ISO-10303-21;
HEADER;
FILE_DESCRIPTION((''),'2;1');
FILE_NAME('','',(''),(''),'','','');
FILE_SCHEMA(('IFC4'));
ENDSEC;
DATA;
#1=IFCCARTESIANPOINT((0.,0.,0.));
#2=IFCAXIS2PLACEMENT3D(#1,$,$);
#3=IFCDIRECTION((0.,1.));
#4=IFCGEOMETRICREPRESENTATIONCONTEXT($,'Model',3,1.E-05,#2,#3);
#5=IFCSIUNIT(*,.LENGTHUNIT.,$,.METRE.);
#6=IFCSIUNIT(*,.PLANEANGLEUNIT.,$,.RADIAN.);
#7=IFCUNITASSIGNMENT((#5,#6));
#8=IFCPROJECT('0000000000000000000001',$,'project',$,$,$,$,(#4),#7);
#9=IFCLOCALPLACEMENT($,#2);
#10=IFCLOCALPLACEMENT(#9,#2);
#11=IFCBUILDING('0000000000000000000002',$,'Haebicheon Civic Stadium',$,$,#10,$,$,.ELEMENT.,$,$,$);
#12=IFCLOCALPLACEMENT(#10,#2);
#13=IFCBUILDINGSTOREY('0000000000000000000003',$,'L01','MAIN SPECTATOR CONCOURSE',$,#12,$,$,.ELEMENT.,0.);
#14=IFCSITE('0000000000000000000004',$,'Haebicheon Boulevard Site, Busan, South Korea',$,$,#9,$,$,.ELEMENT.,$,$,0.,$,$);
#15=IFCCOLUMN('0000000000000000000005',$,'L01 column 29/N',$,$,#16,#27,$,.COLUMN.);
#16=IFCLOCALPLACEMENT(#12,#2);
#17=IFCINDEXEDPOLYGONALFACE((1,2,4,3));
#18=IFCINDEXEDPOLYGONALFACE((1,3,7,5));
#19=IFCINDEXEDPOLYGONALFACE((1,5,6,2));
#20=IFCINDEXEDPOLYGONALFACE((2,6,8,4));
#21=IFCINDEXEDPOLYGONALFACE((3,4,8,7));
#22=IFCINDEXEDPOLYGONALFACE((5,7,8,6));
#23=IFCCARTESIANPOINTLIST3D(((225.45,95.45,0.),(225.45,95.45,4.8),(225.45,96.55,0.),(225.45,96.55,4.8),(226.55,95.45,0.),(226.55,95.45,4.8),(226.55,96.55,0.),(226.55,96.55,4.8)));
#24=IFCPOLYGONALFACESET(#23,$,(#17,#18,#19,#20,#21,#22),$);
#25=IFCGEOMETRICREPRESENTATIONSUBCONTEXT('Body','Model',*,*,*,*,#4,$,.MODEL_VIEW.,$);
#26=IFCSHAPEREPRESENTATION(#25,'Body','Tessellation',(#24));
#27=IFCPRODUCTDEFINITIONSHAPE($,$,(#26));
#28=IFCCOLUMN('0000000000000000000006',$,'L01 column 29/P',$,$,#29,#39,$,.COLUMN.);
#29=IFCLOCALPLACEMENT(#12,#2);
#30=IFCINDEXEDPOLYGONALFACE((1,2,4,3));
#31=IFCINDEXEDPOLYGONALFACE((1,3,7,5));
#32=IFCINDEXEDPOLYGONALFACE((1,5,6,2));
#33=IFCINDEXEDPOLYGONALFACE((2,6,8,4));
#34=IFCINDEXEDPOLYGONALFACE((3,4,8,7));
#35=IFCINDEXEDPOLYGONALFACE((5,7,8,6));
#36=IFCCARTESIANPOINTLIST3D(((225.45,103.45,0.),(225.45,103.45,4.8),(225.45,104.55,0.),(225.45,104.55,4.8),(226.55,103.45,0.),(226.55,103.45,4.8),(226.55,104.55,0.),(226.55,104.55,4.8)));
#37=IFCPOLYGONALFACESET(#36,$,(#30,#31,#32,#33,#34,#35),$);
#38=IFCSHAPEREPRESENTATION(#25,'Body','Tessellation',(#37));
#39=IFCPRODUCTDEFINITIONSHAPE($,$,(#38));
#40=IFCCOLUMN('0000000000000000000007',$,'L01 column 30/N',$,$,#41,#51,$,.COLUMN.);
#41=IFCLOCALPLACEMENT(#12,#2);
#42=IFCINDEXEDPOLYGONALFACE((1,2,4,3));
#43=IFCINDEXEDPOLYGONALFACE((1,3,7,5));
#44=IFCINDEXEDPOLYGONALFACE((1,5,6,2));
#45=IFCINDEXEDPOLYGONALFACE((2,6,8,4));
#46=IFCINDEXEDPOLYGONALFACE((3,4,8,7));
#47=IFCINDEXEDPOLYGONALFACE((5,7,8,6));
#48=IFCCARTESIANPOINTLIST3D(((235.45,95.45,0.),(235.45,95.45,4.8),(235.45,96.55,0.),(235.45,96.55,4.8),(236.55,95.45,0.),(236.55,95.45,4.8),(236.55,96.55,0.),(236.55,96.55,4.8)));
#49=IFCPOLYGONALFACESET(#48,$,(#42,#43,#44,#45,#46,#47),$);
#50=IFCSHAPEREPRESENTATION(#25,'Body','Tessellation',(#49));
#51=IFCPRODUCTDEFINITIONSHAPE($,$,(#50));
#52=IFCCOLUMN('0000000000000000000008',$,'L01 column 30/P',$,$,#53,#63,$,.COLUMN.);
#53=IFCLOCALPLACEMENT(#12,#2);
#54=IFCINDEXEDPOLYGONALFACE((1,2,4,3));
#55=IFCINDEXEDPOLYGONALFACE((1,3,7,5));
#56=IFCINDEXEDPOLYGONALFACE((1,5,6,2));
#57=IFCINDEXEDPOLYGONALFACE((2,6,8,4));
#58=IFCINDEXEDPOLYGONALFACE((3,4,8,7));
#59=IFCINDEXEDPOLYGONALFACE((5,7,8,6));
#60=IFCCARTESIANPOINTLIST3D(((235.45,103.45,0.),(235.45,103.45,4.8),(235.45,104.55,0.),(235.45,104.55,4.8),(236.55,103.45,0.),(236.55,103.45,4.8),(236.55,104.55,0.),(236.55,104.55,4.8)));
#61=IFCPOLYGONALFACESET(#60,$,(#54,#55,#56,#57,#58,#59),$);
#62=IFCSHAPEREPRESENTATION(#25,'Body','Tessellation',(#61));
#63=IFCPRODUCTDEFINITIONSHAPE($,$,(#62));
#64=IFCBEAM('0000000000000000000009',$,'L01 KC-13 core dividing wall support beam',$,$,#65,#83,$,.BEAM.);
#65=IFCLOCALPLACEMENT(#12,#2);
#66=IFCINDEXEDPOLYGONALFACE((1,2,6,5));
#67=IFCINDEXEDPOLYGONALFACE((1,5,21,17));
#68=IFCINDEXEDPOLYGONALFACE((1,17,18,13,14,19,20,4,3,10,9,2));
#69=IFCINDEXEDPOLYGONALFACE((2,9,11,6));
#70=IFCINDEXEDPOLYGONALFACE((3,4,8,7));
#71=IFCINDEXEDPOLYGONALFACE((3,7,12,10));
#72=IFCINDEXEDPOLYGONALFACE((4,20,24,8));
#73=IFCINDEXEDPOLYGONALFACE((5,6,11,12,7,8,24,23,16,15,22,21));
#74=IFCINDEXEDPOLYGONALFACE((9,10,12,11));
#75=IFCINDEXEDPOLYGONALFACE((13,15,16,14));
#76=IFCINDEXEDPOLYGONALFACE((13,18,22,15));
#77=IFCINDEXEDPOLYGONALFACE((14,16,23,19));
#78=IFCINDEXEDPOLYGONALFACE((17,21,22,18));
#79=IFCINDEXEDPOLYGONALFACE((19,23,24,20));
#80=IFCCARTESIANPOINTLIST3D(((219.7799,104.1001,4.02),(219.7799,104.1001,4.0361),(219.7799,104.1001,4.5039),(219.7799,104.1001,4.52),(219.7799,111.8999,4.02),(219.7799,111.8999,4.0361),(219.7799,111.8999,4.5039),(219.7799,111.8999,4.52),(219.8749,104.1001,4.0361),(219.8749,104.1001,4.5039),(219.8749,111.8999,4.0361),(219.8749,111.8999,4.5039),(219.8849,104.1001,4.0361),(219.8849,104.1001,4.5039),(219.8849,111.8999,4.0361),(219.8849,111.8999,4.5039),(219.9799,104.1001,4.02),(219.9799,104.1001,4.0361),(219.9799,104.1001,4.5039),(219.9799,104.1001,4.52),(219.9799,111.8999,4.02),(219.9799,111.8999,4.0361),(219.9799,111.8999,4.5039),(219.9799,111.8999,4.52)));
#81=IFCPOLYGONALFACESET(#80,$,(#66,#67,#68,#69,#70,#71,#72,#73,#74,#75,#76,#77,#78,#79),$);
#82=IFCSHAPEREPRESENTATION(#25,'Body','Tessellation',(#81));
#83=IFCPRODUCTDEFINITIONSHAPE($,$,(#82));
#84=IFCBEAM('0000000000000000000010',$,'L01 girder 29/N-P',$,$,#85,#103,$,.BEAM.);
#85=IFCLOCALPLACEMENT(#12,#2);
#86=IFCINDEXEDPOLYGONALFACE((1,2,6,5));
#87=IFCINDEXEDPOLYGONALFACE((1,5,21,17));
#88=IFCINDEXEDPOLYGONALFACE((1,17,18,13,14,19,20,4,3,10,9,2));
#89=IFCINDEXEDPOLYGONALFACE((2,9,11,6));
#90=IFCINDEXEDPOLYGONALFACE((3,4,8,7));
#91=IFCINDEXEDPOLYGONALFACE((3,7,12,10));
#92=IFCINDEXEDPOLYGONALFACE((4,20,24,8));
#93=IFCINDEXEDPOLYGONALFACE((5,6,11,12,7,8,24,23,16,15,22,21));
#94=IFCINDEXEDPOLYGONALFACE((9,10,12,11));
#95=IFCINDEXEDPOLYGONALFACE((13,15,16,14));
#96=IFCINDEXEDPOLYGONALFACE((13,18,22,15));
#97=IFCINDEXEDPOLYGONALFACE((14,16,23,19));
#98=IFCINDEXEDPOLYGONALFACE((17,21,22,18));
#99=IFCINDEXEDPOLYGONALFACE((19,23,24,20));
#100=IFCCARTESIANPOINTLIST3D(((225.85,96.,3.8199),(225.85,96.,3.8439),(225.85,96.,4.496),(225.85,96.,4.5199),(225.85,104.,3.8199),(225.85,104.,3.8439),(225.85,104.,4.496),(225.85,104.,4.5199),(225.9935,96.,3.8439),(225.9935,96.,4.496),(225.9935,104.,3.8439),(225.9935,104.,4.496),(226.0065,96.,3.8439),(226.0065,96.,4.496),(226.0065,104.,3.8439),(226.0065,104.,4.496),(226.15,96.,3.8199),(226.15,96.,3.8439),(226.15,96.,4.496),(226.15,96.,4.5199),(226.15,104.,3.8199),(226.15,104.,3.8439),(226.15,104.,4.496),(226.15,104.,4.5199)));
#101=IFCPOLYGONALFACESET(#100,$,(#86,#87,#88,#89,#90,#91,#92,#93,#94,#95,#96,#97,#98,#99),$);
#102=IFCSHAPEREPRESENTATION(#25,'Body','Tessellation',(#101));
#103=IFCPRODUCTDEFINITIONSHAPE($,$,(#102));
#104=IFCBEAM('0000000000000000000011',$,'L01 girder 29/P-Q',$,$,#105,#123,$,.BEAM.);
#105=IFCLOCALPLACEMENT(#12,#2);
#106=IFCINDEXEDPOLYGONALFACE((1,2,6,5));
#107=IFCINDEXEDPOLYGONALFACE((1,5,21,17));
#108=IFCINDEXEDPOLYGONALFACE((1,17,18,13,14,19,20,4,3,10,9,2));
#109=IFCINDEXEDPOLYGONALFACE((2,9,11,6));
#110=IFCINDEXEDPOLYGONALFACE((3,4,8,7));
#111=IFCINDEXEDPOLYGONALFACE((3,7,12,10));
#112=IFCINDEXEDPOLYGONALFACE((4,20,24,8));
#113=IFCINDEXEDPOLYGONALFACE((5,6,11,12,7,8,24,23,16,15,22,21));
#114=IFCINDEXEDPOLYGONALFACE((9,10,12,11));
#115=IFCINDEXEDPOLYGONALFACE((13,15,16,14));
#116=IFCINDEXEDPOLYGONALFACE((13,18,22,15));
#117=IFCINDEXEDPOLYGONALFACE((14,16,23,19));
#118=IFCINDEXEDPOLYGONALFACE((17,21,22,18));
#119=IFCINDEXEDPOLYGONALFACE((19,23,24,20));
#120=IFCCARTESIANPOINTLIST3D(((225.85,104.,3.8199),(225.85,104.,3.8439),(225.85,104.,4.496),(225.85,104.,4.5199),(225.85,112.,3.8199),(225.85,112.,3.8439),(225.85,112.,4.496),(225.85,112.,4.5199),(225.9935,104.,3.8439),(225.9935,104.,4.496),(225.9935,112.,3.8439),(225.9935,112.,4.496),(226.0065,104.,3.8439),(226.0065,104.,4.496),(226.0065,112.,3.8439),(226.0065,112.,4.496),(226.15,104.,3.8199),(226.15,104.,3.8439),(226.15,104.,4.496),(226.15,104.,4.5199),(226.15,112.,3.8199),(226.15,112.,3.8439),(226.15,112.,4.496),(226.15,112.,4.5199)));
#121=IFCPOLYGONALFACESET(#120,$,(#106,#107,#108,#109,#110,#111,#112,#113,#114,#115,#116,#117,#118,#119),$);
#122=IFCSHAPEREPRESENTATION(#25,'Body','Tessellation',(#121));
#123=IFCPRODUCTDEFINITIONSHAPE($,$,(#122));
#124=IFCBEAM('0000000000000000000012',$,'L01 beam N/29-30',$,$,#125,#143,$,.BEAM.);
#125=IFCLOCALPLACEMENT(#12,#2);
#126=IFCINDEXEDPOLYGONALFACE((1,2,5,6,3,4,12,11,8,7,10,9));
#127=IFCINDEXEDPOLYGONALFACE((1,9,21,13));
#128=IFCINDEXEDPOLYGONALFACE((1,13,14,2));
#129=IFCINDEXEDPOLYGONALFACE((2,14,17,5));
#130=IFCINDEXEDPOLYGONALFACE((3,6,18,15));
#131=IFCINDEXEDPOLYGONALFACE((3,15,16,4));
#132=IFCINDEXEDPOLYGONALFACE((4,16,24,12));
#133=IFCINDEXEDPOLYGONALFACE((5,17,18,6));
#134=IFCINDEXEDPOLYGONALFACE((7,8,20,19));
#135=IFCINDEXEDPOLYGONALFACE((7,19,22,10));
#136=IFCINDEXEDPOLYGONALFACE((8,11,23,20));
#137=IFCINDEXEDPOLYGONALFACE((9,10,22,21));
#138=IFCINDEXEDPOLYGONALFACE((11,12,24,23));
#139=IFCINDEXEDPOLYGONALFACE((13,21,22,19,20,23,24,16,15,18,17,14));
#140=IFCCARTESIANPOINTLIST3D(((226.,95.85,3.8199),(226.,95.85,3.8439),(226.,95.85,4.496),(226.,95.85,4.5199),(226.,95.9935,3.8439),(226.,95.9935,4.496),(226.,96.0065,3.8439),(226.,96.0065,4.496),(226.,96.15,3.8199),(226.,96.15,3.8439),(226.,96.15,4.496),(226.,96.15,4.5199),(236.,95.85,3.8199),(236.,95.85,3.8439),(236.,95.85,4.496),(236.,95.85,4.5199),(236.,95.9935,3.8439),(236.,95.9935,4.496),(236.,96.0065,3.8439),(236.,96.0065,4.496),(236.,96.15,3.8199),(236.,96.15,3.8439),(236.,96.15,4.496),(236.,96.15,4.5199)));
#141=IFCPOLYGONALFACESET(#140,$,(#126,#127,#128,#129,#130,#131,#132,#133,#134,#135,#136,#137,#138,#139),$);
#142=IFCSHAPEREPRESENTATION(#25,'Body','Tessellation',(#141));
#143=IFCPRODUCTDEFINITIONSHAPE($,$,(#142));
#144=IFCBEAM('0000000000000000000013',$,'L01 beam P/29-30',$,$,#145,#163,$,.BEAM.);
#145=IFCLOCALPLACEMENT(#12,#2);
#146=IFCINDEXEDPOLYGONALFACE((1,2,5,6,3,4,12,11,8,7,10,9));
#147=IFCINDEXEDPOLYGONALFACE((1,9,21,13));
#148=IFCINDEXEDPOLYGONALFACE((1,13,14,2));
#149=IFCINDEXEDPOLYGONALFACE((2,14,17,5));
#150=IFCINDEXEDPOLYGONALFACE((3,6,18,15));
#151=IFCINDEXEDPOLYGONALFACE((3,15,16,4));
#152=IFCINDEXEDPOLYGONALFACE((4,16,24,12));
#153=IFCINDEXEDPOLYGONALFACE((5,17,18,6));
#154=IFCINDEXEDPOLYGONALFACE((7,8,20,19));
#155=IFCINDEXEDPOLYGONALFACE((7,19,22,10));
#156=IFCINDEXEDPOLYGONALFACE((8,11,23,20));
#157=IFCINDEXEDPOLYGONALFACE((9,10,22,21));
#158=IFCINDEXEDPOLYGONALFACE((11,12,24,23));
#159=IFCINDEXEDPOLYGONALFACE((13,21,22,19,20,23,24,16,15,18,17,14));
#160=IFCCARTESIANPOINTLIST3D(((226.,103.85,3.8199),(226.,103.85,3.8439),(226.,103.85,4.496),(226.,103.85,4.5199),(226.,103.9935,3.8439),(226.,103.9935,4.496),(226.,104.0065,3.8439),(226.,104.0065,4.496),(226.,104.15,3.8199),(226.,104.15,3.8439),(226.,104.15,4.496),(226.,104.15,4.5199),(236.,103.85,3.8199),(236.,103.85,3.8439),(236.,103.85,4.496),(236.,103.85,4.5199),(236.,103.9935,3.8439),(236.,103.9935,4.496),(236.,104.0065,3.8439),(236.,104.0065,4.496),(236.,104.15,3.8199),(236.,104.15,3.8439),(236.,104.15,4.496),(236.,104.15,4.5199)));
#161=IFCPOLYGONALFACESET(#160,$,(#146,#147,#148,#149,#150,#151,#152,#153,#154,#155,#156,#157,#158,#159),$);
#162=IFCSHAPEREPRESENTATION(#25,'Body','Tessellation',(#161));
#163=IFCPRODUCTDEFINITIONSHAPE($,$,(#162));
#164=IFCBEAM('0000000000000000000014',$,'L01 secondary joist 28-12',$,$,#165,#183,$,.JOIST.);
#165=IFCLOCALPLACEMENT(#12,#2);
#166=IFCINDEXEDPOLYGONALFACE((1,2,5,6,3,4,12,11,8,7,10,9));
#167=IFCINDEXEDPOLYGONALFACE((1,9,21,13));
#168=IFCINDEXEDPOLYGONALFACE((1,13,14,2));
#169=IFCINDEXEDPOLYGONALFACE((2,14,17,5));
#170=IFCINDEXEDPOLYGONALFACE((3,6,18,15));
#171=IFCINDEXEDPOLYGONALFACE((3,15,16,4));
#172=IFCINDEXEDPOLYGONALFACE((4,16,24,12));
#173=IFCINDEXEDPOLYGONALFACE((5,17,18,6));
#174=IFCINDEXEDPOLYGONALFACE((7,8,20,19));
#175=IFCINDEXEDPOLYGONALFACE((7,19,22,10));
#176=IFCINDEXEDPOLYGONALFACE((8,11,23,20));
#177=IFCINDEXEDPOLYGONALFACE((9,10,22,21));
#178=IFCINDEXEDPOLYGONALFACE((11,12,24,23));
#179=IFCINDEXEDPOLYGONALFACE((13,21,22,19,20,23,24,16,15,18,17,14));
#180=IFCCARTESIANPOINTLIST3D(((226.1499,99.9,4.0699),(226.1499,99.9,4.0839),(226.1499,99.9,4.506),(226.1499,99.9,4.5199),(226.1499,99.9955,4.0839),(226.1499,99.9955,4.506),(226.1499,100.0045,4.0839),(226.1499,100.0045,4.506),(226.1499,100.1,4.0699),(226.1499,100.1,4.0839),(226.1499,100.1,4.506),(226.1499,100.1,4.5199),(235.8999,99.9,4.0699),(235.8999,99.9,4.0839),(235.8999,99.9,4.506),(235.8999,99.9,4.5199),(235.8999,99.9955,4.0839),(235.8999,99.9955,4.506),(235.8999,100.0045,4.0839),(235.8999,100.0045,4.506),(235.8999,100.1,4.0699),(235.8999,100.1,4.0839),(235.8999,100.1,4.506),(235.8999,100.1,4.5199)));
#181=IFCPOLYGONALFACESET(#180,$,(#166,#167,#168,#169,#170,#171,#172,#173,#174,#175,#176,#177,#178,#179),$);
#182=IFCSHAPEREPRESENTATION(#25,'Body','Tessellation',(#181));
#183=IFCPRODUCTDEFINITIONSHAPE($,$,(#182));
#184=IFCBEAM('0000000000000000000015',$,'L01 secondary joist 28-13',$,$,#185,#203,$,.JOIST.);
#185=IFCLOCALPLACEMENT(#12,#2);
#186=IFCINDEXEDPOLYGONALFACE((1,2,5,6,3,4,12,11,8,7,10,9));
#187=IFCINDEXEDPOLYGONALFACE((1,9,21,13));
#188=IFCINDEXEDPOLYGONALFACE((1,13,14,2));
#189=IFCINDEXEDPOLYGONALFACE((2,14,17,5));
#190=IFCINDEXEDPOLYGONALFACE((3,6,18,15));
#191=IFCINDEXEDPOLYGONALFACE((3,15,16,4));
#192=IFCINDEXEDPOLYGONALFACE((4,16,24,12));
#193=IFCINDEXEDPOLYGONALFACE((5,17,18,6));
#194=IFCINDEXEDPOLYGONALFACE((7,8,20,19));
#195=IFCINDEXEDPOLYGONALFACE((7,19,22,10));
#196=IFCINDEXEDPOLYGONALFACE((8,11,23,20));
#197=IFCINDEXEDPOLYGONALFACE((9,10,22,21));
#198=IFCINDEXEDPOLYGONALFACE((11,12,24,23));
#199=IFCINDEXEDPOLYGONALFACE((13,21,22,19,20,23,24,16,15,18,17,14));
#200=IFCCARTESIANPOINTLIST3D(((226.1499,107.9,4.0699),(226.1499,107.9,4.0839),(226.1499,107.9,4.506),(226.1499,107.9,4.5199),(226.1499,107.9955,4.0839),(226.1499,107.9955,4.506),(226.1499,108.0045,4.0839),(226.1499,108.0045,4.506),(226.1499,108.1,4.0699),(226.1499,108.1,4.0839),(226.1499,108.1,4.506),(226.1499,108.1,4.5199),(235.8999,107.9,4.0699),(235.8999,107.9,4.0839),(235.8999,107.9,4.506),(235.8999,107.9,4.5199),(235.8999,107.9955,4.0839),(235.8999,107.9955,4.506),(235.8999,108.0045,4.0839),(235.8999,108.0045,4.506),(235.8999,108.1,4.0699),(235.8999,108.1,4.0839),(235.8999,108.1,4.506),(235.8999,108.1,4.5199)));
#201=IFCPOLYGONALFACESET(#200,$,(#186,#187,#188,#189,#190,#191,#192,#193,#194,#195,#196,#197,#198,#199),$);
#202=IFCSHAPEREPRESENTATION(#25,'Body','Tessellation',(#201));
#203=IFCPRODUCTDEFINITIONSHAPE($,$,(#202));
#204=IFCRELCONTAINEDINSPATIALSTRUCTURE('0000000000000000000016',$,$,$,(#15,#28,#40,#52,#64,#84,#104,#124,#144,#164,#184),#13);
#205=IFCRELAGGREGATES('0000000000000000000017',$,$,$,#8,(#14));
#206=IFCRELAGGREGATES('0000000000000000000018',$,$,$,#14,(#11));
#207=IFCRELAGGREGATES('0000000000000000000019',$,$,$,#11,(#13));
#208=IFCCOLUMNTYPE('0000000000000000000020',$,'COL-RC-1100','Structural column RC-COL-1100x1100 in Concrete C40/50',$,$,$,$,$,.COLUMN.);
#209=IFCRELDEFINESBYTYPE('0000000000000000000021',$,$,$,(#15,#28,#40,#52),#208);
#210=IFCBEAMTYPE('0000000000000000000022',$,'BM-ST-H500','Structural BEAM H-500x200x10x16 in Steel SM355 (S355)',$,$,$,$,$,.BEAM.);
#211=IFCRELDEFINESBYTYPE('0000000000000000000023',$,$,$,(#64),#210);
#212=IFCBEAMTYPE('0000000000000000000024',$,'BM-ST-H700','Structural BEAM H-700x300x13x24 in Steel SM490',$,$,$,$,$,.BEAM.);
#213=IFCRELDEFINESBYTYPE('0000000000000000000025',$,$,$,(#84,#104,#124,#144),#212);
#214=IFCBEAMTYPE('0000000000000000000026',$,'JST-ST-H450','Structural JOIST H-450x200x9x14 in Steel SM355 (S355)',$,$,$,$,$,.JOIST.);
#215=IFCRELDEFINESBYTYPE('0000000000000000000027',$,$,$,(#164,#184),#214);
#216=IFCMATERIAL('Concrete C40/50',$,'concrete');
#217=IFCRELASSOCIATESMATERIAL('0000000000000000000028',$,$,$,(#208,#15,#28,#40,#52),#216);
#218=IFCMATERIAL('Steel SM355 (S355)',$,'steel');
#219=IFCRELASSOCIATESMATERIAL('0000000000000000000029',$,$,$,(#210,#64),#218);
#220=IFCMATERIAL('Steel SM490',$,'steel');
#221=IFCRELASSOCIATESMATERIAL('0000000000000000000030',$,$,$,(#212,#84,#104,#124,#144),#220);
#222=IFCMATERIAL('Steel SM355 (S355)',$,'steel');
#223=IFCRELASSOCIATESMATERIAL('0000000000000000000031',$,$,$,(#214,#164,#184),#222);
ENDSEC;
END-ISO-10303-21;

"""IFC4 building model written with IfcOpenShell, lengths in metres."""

from ifc_helpers import new_model, si_unit, direction, frame, origin, origin_2d, place, context, subcontext, project, spatial, rectangle, i_section, extrude, material, material_profile, profile_set, type_object, element, save


model = new_model("IFC4")

# Units and contexts
model_context = context("Model", 3, precision=1e-05, world=origin(), true_north=direction((0.0, 1.0)))
body_context = subcontext(model_context, "Body", "Model", "MODEL_VIEW")
ifc_project = project(units=[si_unit("LENGTHUNIT", "METRE"), si_unit("PLANEANGLEUNIT", "RADIAN")], contexts=[model_context])

# Site, building, storey
site_placement = place(None, origin())
site = spatial("IfcSite", under=ifc_project, at=site_placement, Name="Haebicheon Boulevard Site, Busan, South Korea", CompositionType="ELEMENT", RefElevation=0.0)
building_placement = place(site_placement, origin())
building = spatial("IfcBuilding", under=site, at=building_placement, Name="Haebicheon Civic Stadium", CompositionType="ELEMENT")
storey_placement = place(building_placement, origin())
storey = spatial("IfcBuildingStorey", under=building, at=storey_placement, Name="L01", Description="MAIN SPECTATOR CONCOURSE", CompositionType="ELEMENT", Elevation=0.0)

# Columns
ifc_material_1 = material(Name="Concrete C40/50", Category="concrete")
ifc_material_profile_1 = material_profile(ifc_material_1, rectangle(XDim=1.1001, YDim=1.1001, at=origin_2d()), Name="RC-COL-1100x1100")
ifc_profile_set_1 = profile_set([ifc_material_profile_1], Name="Concrete C40/50")
column_type = type_object("IfcColumnType", Name="COL-RC-1100", Description="Structural column RC-COL-1100x1100 in Concrete C40/50", PredefinedType="COLUMN", material=ifc_profile_set_1)
for number, where, z_axis, x_axis, name in (
    (1, (226.0, 96.0, 0.0), (0.0, 0.0, 1.0), (1.0, 0.0, 0.0), "L01 column 29/N"),
    (2, (226.0, 104.0, 0.0), (0.0, 0.0, 1.0), (1.0, 0.0, 0.0), "L01 column 29/P"),
    (3, (236.0, 96.0, 0.0), (0.0, 0.0, 1.0), (1.0, 0.0, 0.0), "L01 column 30/N"),
    (4, (236.0, 104.0, 0.0), (0.0, 0.0, 1.0), (1.0, 0.0, 0.0), "L01 column 30/P"),
):
    element("IfcColumn", number, at=place(storey_placement, frame(where, z_axis=z_axis, x_axis=x_axis)), inside=storey, type_object=column_type, material=ifc_profile_set_1, Name=name, PredefinedType="COLUMN", context=body_context, shape_type="SweptSolid", body=[
        extrude(rectangle(XDim=1.1001, YDim=1.1001, at=origin_2d()), origin(), (0.0, 0.0, 1.0), 4.8),
    ])

# Beams
ifc_material_2 = material(Name="Steel SM355 (S355)", Category="steel")
ifc_material_profile_2 = material_profile(ifc_material_2, i_section(OverallWidth=0.2, OverallDepth=0.5, WebThickness=0.01, FlangeThickness=0.0161, at=origin_2d()), Name="H-500x200x10x16")
ifc_profile_set_2 = profile_set([ifc_material_profile_2], Name="Steel SM355 (S355)")
beam_type_1 = type_object("IfcBeamType", Name="BM-ST-H500", Description="Structural BEAM H-500x200x10x16 in Steel SM355 (S355)", PredefinedType="BEAM", material=ifc_profile_set_2)
beam_placement = place(storey_placement, frame((219.8799, 104.1001, 4.27), z_axis=(0.0, 1.0, 0.0), x_axis=(-1.0, 0.0, 0.0)))
element("IfcBeam", 5, at=beam_placement, inside=storey, type_object=beam_type_1, material=ifc_profile_set_2, Name="L01 KC-13 core dividing wall support beam", PredefinedType="BEAM", context=body_context, shape_type="SweptSolid", body=[
    extrude(i_section(OverallWidth=0.2, OverallDepth=0.5, WebThickness=0.01, FlangeThickness=0.0161, at=origin_2d()), origin(), (0.0, 0.0, 1.0), 7.7998),
])
ifc_material_3 = material(Name="Steel SM490", Category="steel")
ifc_material_profile_3 = material_profile(ifc_material_3, i_section(OverallWidth=0.3, OverallDepth=0.7, WebThickness=0.0129, FlangeThickness=0.0239, at=origin_2d()), Name="H-700x300x13x24")
ifc_profile_set_3 = profile_set([ifc_material_profile_3], Name="Steel SM490")
beam_type_2 = type_object("IfcBeamType", Name="BM-ST-H700", Description="Structural BEAM H-700x300x13x24 in Steel SM490", PredefinedType="BEAM", material=ifc_profile_set_3)
for number, where, z_axis, x_axis, name in (
    (6, (226.0, 96.0, 4.1699), (0.0, 1.0, 0.0), (-1.0, 0.0, 0.0), "L01 girder 29/N-P"),
    (7, (226.0, 104.0, 4.1699), (0.0, 1.0, 0.0), (-1.0, 0.0, 0.0), "L01 girder 29/P-Q"),
):
    element("IfcBeam", number, at=place(storey_placement, frame(where, z_axis=z_axis, x_axis=x_axis)), inside=storey, type_object=beam_type_2, material=ifc_profile_set_3, Name=name, PredefinedType="BEAM", context=body_context, shape_type="SweptSolid", body=[
        extrude(i_section(OverallWidth=0.3, OverallDepth=0.7, WebThickness=0.0129, FlangeThickness=0.0239, at=origin_2d()), origin(), (0.0, 0.0, 1.0), 8.0),
    ])
for number, where, z_axis, x_axis, name in (
    (8, (226.0, 96.0, 4.1699), (1.0, 0.0, 0.0), (0.0, 1.0, 0.0), "L01 beam N/29-30"),
    (9, (226.0, 104.0, 4.1699), (1.0, 0.0, 0.0), (0.0, 1.0, 0.0), "L01 beam P/29-30"),
):
    element("IfcBeam", number, at=place(storey_placement, frame(where, z_axis=z_axis, x_axis=x_axis)), inside=storey, type_object=beam_type_2, material=ifc_profile_set_3, Name=name, PredefinedType="BEAM", context=body_context, shape_type="SweptSolid", body=[
        extrude(i_section(OverallWidth=0.3, OverallDepth=0.7, WebThickness=0.0129, FlangeThickness=0.0239, at=origin_2d()), origin(), (0.0, 0.0, 1.0), 10.0),
    ])
ifc_material_4 = material(Name="Steel SM355 (S355)", Category="steel")
ifc_material_profile_4 = material_profile(ifc_material_4, i_section(OverallWidth=0.2, OverallDepth=0.45, WebThickness=0.009, FlangeThickness=0.0139, at=origin_2d()), Name="H-450x200x9x14")
ifc_profile_set_4 = profile_set([ifc_material_profile_4], Name="Steel SM355 (S355)")
beam_type_3 = type_object("IfcBeamType", Name="JST-ST-H450", Description="Structural JOIST H-450x200x9x14 in Steel SM355 (S355)", PredefinedType="JOIST", material=ifc_profile_set_4)
for number, where, z_axis, x_axis, name in (
    (10, (226.1499, 100.0, 4.2949), (1.0, 0.0, 0.0), (0.0, 1.0, 0.0), "L01 secondary joist 28-12"),
    (11, (226.1499, 108.0, 4.2949), (1.0, 0.0, 0.0), (0.0, 1.0, 0.0), "L01 secondary joist 28-13"),
):
    element("IfcBeam", number, at=place(storey_placement, frame(where, z_axis=z_axis, x_axis=x_axis)), inside=storey, type_object=beam_type_3, material=ifc_profile_set_4, Name=name, PredefinedType="JOIST", context=body_context, shape_type="SweptSolid", body=[
        extrude(i_section(OverallWidth=0.2, OverallDepth=0.45, WebThickness=0.009, FlangeThickness=0.0139, at=origin_2d()), origin(), (0.0, 0.0, 1.0), 9.75),
    ])

save(model, "model.ifc")
